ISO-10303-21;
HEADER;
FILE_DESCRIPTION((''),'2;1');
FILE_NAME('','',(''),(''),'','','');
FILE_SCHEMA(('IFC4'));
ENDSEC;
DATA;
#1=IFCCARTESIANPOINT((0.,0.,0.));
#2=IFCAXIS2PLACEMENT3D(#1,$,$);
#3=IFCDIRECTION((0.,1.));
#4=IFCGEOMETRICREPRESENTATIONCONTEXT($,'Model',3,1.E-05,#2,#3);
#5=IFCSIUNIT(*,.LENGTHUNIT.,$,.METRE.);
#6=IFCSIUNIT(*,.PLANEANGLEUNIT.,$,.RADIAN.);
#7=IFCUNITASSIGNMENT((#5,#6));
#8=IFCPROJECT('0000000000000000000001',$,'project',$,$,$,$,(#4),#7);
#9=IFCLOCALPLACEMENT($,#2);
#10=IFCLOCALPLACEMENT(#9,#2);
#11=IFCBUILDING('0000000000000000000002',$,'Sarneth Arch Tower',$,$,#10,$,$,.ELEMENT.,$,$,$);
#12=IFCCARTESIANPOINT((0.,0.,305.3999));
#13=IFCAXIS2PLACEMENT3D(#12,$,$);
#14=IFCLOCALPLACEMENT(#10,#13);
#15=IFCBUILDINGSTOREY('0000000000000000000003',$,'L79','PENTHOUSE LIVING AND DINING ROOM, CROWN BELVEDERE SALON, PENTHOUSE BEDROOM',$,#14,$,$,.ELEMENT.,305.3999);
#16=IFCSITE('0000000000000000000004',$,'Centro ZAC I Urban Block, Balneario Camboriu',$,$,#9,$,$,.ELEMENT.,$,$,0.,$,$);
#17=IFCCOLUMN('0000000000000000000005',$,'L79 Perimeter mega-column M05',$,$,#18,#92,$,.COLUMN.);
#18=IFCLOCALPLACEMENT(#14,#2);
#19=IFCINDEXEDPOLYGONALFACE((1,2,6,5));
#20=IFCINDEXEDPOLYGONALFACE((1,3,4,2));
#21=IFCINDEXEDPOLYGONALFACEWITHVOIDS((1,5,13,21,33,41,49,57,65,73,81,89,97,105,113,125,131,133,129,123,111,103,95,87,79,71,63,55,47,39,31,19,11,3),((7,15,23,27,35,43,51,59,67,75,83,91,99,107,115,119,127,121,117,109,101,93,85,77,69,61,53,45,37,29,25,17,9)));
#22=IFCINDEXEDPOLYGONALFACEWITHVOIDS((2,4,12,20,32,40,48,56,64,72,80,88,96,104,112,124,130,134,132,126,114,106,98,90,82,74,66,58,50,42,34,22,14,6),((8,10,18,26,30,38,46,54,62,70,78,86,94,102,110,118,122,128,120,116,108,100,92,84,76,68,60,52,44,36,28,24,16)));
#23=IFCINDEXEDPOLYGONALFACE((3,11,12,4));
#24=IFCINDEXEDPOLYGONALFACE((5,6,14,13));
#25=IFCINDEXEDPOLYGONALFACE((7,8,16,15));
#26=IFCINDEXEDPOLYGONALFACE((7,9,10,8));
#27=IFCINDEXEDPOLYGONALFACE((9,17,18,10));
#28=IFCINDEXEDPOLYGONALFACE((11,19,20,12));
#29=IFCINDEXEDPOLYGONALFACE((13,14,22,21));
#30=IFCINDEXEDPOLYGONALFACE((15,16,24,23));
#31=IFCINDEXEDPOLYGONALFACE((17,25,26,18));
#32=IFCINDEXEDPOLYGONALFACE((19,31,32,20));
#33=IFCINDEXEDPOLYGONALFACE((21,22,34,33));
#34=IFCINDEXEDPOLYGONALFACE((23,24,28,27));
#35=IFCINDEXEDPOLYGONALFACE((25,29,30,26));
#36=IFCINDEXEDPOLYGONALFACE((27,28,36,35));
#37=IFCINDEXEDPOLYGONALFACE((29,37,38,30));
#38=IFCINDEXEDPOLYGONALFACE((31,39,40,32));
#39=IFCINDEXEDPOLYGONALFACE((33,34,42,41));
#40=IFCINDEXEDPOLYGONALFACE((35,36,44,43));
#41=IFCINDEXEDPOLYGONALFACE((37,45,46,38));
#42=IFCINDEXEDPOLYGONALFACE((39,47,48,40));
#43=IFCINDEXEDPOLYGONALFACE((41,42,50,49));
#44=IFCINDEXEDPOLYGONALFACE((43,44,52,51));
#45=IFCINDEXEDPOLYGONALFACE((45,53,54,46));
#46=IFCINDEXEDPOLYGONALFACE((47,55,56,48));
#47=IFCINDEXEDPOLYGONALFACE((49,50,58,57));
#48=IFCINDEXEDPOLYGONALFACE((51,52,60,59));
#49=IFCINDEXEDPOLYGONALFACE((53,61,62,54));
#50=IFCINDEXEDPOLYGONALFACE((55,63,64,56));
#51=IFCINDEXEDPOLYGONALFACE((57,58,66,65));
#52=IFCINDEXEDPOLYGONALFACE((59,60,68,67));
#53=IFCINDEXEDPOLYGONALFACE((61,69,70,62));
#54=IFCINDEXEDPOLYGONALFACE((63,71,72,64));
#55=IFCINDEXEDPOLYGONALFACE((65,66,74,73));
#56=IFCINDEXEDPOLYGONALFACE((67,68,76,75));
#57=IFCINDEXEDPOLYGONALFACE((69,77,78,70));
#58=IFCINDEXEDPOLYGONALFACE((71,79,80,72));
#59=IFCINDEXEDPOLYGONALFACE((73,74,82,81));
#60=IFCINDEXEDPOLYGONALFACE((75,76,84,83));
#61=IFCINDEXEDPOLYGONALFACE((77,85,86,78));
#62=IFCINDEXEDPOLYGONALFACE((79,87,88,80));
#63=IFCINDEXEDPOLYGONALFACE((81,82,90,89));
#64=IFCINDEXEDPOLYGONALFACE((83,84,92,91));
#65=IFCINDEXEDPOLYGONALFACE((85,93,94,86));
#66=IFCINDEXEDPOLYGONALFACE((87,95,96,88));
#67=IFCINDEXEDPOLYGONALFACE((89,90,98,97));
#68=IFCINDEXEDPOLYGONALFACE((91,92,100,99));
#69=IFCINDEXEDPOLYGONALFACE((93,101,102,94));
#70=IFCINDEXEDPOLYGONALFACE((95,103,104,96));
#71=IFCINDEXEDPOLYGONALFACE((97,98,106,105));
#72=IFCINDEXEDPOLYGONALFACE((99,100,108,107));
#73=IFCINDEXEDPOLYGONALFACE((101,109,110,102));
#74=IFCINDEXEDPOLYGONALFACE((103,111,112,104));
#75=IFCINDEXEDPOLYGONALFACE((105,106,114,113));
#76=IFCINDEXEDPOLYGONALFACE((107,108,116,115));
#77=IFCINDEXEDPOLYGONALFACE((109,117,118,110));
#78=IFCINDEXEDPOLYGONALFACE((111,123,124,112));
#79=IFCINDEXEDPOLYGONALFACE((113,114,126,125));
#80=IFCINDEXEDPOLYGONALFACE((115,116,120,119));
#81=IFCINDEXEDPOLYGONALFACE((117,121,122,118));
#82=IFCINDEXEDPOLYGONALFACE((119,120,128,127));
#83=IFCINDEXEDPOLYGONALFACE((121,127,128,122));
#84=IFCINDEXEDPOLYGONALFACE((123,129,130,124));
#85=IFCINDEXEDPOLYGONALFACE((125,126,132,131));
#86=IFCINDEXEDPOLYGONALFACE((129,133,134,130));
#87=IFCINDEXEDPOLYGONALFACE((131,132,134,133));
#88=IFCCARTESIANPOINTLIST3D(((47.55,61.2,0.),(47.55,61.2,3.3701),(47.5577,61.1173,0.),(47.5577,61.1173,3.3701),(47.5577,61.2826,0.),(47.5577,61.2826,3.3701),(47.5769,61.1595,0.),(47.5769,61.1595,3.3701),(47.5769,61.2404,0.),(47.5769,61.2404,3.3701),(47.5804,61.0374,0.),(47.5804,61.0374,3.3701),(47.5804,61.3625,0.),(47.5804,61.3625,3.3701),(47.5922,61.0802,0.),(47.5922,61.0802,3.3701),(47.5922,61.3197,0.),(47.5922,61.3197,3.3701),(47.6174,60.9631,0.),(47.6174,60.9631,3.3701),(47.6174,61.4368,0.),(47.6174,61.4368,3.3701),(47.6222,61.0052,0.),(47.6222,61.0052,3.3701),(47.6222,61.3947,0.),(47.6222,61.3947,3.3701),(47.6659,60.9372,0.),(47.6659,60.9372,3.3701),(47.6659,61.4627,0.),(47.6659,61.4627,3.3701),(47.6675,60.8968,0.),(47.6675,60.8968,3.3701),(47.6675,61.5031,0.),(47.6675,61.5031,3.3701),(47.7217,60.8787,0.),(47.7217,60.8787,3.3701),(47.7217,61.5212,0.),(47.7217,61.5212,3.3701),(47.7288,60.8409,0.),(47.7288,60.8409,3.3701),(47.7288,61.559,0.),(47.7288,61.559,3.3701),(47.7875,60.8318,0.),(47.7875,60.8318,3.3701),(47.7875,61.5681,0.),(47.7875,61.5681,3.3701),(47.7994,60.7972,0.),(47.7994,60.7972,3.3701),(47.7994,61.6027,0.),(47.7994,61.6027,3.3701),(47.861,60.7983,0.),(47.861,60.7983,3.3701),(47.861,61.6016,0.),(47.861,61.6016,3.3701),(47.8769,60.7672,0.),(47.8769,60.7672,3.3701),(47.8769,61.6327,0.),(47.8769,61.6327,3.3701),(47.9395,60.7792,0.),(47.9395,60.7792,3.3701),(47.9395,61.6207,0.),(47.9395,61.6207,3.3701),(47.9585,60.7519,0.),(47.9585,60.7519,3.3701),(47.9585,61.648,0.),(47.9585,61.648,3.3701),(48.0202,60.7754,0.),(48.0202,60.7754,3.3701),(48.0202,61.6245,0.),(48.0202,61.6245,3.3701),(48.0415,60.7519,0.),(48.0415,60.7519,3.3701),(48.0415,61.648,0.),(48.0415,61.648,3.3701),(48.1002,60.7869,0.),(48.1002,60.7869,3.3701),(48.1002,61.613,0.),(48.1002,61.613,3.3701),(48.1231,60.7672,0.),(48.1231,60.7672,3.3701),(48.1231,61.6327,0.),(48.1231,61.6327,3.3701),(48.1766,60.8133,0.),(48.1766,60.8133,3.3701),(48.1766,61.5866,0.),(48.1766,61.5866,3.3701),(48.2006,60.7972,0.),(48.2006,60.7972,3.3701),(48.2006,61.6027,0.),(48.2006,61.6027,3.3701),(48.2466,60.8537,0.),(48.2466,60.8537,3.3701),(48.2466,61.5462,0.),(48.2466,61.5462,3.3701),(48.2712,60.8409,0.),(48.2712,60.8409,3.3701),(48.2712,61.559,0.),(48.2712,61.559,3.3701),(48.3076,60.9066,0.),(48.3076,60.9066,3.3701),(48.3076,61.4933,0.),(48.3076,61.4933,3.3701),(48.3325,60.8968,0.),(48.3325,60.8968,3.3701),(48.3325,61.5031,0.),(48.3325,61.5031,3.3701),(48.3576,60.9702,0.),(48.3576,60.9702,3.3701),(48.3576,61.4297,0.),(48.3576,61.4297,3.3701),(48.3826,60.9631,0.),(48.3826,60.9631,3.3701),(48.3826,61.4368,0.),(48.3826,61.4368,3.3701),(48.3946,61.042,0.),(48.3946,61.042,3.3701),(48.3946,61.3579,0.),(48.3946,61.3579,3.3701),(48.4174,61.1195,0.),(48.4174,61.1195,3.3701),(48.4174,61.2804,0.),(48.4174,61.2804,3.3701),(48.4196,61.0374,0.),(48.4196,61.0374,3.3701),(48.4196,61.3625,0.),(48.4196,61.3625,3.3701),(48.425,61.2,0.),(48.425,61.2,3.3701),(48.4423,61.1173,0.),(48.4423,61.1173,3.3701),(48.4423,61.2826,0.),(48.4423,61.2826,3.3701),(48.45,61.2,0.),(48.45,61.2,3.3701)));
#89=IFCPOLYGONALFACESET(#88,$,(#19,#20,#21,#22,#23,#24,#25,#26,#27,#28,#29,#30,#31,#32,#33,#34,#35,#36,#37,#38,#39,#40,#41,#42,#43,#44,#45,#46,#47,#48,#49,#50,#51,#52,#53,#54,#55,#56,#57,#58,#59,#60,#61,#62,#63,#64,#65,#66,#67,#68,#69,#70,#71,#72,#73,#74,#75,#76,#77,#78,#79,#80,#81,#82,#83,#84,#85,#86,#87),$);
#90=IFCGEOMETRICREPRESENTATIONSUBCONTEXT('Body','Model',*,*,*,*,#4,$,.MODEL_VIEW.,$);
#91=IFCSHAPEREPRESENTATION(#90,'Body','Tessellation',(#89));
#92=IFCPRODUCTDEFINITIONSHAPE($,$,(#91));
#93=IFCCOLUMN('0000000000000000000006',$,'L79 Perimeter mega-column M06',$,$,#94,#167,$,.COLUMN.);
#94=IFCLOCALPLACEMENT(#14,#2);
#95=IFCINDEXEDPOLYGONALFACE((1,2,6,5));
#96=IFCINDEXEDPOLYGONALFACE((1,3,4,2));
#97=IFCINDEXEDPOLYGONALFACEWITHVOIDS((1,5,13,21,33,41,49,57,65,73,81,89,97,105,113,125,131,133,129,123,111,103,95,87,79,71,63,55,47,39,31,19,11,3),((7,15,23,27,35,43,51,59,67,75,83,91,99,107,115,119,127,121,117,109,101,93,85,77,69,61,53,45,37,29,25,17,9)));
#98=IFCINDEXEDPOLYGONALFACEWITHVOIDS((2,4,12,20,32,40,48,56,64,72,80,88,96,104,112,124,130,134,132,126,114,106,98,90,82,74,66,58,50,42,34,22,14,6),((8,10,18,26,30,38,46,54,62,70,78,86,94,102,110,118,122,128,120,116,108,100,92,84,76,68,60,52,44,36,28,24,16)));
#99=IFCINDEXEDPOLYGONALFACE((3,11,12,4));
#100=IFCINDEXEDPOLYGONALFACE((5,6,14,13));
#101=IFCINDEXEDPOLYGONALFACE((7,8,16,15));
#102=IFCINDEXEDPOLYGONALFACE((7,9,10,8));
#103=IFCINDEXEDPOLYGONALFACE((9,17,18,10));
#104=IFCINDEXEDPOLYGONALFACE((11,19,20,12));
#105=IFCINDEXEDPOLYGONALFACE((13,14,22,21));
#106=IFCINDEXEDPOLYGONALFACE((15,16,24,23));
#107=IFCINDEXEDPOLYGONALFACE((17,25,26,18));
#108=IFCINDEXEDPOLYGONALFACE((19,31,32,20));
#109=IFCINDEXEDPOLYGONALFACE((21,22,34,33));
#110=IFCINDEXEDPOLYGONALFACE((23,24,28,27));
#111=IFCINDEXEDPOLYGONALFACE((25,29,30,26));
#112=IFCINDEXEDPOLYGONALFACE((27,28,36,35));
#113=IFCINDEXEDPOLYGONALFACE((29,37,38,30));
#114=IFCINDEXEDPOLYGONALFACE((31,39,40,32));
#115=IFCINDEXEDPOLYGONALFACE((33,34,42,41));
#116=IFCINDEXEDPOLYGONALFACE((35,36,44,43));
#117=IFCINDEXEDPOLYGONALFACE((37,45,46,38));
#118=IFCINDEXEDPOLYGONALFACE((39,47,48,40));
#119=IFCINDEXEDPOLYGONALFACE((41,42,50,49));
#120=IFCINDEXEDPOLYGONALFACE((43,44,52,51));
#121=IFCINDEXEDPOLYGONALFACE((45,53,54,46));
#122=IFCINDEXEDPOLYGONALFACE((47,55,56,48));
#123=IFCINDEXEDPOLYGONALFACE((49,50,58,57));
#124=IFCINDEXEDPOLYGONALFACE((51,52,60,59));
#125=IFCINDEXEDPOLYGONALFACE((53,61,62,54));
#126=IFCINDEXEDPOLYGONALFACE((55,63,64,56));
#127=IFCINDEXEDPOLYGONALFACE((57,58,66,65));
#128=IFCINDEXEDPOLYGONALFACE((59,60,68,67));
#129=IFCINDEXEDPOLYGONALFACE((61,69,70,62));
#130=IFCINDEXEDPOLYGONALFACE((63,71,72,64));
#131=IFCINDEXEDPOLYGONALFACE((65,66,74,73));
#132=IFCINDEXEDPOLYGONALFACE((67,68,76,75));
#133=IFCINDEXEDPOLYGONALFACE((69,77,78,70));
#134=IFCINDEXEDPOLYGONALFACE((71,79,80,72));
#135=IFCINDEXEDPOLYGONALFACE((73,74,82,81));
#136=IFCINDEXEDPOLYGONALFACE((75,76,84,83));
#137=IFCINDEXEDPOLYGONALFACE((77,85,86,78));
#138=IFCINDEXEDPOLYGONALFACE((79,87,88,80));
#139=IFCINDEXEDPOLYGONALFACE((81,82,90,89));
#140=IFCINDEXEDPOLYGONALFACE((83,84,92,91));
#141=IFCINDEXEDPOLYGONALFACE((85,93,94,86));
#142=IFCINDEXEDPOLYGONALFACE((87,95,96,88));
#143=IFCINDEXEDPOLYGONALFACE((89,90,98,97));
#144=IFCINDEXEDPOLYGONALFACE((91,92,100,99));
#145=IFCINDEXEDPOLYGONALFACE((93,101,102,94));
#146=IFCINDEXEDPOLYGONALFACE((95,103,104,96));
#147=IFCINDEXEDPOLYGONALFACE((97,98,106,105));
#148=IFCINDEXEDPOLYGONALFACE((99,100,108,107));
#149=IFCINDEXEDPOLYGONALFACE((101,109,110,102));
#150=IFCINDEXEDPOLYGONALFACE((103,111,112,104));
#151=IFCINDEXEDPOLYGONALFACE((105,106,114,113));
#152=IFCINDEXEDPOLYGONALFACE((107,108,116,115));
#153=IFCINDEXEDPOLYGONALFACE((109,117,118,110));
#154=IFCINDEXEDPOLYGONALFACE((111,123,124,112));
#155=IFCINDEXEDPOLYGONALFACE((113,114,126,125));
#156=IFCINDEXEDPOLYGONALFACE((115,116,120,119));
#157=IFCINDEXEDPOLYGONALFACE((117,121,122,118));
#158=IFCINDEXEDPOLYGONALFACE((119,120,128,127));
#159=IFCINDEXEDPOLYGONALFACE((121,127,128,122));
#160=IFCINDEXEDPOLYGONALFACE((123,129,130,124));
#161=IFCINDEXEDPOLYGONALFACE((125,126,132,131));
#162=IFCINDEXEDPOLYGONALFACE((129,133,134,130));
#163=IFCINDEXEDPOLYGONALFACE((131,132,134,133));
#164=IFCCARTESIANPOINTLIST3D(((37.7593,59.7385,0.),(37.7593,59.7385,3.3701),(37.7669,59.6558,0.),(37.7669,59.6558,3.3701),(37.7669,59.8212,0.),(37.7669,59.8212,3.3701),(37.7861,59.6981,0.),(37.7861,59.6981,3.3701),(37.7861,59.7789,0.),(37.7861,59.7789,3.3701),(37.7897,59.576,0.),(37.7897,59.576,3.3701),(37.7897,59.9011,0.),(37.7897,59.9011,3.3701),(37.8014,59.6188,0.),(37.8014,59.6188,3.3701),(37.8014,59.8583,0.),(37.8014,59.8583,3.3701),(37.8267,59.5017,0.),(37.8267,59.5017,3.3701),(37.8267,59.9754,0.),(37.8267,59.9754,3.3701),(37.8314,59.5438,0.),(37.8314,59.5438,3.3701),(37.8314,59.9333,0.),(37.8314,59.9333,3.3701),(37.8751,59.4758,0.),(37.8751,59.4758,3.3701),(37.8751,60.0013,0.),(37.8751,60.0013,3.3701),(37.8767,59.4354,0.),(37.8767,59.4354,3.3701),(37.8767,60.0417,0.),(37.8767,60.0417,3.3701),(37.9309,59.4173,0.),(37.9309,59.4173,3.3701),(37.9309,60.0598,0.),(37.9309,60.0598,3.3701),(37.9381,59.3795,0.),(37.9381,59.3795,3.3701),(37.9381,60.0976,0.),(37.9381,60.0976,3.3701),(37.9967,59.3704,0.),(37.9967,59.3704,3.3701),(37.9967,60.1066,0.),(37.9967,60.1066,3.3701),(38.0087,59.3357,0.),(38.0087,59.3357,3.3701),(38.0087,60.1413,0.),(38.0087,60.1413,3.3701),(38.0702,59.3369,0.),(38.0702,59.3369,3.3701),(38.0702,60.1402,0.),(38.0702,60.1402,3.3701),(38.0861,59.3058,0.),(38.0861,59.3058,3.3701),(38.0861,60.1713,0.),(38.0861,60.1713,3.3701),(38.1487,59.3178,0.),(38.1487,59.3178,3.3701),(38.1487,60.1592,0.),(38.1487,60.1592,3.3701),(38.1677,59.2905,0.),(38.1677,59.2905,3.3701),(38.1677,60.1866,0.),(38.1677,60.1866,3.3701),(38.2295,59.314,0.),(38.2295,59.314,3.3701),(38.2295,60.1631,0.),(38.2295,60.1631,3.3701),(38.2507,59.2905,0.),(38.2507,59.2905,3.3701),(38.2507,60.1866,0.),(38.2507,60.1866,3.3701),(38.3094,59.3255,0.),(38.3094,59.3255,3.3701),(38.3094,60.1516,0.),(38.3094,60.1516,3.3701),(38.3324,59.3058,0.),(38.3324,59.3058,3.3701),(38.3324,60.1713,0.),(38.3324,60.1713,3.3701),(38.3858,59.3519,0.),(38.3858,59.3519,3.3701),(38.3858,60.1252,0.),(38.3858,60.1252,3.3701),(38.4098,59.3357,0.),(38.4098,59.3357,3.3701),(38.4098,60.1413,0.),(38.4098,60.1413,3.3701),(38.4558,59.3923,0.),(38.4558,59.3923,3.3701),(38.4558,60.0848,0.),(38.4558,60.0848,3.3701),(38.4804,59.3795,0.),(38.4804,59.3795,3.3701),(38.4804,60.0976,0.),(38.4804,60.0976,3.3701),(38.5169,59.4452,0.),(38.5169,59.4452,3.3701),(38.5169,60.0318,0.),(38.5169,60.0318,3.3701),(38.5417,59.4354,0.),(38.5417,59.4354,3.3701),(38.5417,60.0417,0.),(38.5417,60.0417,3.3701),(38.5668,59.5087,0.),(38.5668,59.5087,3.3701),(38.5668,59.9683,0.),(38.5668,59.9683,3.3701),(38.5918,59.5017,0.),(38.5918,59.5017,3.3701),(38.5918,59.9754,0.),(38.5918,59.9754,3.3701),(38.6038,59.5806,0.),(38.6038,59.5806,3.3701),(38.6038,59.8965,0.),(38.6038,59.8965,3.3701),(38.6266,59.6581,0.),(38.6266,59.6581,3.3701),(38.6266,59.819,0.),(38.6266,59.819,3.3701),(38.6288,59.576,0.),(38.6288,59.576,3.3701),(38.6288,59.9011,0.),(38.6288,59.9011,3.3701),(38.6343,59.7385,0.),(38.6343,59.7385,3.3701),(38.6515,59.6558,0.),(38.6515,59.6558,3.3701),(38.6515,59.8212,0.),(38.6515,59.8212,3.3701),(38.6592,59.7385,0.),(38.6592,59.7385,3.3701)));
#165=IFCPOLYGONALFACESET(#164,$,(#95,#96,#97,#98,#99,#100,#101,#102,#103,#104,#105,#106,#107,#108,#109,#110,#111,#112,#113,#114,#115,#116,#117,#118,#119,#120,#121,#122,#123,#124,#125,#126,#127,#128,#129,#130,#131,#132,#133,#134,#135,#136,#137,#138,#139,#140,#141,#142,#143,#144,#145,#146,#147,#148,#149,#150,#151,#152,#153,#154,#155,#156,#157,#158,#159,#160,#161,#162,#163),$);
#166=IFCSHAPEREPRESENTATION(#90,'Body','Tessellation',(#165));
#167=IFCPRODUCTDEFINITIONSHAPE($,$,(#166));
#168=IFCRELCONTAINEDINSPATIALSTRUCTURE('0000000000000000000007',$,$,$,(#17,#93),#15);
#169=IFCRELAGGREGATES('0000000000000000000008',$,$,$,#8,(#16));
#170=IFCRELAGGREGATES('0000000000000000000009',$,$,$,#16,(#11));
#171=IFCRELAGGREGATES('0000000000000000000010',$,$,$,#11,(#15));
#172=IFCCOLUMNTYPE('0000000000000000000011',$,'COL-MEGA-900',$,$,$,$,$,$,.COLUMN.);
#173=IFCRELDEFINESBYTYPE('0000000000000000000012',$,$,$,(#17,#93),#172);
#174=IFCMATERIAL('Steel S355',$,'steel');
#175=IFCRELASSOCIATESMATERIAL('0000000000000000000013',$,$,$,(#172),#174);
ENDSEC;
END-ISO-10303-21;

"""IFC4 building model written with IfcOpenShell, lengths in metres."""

from ifc_helpers import new_model, si_unit, direction, frame, origin, origin_2d, place, context, subcontext, project, spatial, hollow_circle, extrude, material, material_profile, profile_set, type_object, element, save


model = new_model("IFC4")

# Units and contexts
model_context = context("Model", 3, precision=1e-05, world=origin(), true_north=direction((0.0, 1.0)))
body_context = subcontext(model_context, "Body", "Model", "MODEL_VIEW")
ifc_project = project(units=[si_unit("LENGTHUNIT", "METRE"), si_unit("PLANEANGLEUNIT", "RADIAN")], contexts=[model_context])

# Site, building, storey
site_placement = place(None, origin())
site = spatial("IfcSite", under=ifc_project, at=site_placement, Name="Centro ZAC I Urban Block, Balneario Camboriu", CompositionType="ELEMENT", RefElevation=0.0)
building_placement = place(site_placement, origin())
building = spatial("IfcBuilding", under=site, at=building_placement, Name="Sarneth Arch Tower", CompositionType="ELEMENT")
storey_placement = place(building_placement, frame((0.0, 0.0, 305.3999)))
storey = spatial("IfcBuildingStorey", under=building, at=storey_placement, Name="L79", Description="PENTHOUSE LIVING AND DINING ROOM, CROWN BELVEDERE SALON, PENTHOUSE BEDROOM", CompositionType="ELEMENT", Elevation=305.3999)

# Columns
ifc_material_1 = material(Name="Steel S355", Category="steel")
ifc_material_profile_1 = material_profile(ifc_material_1, hollow_circle(Radius=0.45, WallThickness=0.0249, at=origin_2d()), Name="CHS900x25")
ifc_profile_set_1 = profile_set([ifc_material_profile_1], Name="Steel S355")
column_type = type_object("IfcColumnType", Name="COL-MEGA-900", PredefinedType="COLUMN", material=ifc_profile_set_1)
for number, where, z_axis, x_axis, name in (
    (1, (48.0, 61.2, 0.0), (0.0, 0.0, 1.0), (1.0, 0.0, 0.0), "L79 Perimeter mega-column M05"),
    (2, (38.2092, 59.7385, 0.0), (0.0, 0.0, 1.0), (1.0, 0.0, 0.0), "L79 Perimeter mega-column M06"),
):
    element("IfcColumn", number, at=place(storey_placement, frame(where, z_axis=z_axis, x_axis=x_axis)), inside=storey, type_object=column_type, Name=name, PredefinedType="COLUMN", context=body_context, shape_type="SweptSolid", body=[
        extrude(hollow_circle(Radius=0.45, WallThickness=0.0249, at=origin_2d()), origin(), (0.0, 0.0, 1.0), 3.3701),
    ])

save(model, "model.ifc")
